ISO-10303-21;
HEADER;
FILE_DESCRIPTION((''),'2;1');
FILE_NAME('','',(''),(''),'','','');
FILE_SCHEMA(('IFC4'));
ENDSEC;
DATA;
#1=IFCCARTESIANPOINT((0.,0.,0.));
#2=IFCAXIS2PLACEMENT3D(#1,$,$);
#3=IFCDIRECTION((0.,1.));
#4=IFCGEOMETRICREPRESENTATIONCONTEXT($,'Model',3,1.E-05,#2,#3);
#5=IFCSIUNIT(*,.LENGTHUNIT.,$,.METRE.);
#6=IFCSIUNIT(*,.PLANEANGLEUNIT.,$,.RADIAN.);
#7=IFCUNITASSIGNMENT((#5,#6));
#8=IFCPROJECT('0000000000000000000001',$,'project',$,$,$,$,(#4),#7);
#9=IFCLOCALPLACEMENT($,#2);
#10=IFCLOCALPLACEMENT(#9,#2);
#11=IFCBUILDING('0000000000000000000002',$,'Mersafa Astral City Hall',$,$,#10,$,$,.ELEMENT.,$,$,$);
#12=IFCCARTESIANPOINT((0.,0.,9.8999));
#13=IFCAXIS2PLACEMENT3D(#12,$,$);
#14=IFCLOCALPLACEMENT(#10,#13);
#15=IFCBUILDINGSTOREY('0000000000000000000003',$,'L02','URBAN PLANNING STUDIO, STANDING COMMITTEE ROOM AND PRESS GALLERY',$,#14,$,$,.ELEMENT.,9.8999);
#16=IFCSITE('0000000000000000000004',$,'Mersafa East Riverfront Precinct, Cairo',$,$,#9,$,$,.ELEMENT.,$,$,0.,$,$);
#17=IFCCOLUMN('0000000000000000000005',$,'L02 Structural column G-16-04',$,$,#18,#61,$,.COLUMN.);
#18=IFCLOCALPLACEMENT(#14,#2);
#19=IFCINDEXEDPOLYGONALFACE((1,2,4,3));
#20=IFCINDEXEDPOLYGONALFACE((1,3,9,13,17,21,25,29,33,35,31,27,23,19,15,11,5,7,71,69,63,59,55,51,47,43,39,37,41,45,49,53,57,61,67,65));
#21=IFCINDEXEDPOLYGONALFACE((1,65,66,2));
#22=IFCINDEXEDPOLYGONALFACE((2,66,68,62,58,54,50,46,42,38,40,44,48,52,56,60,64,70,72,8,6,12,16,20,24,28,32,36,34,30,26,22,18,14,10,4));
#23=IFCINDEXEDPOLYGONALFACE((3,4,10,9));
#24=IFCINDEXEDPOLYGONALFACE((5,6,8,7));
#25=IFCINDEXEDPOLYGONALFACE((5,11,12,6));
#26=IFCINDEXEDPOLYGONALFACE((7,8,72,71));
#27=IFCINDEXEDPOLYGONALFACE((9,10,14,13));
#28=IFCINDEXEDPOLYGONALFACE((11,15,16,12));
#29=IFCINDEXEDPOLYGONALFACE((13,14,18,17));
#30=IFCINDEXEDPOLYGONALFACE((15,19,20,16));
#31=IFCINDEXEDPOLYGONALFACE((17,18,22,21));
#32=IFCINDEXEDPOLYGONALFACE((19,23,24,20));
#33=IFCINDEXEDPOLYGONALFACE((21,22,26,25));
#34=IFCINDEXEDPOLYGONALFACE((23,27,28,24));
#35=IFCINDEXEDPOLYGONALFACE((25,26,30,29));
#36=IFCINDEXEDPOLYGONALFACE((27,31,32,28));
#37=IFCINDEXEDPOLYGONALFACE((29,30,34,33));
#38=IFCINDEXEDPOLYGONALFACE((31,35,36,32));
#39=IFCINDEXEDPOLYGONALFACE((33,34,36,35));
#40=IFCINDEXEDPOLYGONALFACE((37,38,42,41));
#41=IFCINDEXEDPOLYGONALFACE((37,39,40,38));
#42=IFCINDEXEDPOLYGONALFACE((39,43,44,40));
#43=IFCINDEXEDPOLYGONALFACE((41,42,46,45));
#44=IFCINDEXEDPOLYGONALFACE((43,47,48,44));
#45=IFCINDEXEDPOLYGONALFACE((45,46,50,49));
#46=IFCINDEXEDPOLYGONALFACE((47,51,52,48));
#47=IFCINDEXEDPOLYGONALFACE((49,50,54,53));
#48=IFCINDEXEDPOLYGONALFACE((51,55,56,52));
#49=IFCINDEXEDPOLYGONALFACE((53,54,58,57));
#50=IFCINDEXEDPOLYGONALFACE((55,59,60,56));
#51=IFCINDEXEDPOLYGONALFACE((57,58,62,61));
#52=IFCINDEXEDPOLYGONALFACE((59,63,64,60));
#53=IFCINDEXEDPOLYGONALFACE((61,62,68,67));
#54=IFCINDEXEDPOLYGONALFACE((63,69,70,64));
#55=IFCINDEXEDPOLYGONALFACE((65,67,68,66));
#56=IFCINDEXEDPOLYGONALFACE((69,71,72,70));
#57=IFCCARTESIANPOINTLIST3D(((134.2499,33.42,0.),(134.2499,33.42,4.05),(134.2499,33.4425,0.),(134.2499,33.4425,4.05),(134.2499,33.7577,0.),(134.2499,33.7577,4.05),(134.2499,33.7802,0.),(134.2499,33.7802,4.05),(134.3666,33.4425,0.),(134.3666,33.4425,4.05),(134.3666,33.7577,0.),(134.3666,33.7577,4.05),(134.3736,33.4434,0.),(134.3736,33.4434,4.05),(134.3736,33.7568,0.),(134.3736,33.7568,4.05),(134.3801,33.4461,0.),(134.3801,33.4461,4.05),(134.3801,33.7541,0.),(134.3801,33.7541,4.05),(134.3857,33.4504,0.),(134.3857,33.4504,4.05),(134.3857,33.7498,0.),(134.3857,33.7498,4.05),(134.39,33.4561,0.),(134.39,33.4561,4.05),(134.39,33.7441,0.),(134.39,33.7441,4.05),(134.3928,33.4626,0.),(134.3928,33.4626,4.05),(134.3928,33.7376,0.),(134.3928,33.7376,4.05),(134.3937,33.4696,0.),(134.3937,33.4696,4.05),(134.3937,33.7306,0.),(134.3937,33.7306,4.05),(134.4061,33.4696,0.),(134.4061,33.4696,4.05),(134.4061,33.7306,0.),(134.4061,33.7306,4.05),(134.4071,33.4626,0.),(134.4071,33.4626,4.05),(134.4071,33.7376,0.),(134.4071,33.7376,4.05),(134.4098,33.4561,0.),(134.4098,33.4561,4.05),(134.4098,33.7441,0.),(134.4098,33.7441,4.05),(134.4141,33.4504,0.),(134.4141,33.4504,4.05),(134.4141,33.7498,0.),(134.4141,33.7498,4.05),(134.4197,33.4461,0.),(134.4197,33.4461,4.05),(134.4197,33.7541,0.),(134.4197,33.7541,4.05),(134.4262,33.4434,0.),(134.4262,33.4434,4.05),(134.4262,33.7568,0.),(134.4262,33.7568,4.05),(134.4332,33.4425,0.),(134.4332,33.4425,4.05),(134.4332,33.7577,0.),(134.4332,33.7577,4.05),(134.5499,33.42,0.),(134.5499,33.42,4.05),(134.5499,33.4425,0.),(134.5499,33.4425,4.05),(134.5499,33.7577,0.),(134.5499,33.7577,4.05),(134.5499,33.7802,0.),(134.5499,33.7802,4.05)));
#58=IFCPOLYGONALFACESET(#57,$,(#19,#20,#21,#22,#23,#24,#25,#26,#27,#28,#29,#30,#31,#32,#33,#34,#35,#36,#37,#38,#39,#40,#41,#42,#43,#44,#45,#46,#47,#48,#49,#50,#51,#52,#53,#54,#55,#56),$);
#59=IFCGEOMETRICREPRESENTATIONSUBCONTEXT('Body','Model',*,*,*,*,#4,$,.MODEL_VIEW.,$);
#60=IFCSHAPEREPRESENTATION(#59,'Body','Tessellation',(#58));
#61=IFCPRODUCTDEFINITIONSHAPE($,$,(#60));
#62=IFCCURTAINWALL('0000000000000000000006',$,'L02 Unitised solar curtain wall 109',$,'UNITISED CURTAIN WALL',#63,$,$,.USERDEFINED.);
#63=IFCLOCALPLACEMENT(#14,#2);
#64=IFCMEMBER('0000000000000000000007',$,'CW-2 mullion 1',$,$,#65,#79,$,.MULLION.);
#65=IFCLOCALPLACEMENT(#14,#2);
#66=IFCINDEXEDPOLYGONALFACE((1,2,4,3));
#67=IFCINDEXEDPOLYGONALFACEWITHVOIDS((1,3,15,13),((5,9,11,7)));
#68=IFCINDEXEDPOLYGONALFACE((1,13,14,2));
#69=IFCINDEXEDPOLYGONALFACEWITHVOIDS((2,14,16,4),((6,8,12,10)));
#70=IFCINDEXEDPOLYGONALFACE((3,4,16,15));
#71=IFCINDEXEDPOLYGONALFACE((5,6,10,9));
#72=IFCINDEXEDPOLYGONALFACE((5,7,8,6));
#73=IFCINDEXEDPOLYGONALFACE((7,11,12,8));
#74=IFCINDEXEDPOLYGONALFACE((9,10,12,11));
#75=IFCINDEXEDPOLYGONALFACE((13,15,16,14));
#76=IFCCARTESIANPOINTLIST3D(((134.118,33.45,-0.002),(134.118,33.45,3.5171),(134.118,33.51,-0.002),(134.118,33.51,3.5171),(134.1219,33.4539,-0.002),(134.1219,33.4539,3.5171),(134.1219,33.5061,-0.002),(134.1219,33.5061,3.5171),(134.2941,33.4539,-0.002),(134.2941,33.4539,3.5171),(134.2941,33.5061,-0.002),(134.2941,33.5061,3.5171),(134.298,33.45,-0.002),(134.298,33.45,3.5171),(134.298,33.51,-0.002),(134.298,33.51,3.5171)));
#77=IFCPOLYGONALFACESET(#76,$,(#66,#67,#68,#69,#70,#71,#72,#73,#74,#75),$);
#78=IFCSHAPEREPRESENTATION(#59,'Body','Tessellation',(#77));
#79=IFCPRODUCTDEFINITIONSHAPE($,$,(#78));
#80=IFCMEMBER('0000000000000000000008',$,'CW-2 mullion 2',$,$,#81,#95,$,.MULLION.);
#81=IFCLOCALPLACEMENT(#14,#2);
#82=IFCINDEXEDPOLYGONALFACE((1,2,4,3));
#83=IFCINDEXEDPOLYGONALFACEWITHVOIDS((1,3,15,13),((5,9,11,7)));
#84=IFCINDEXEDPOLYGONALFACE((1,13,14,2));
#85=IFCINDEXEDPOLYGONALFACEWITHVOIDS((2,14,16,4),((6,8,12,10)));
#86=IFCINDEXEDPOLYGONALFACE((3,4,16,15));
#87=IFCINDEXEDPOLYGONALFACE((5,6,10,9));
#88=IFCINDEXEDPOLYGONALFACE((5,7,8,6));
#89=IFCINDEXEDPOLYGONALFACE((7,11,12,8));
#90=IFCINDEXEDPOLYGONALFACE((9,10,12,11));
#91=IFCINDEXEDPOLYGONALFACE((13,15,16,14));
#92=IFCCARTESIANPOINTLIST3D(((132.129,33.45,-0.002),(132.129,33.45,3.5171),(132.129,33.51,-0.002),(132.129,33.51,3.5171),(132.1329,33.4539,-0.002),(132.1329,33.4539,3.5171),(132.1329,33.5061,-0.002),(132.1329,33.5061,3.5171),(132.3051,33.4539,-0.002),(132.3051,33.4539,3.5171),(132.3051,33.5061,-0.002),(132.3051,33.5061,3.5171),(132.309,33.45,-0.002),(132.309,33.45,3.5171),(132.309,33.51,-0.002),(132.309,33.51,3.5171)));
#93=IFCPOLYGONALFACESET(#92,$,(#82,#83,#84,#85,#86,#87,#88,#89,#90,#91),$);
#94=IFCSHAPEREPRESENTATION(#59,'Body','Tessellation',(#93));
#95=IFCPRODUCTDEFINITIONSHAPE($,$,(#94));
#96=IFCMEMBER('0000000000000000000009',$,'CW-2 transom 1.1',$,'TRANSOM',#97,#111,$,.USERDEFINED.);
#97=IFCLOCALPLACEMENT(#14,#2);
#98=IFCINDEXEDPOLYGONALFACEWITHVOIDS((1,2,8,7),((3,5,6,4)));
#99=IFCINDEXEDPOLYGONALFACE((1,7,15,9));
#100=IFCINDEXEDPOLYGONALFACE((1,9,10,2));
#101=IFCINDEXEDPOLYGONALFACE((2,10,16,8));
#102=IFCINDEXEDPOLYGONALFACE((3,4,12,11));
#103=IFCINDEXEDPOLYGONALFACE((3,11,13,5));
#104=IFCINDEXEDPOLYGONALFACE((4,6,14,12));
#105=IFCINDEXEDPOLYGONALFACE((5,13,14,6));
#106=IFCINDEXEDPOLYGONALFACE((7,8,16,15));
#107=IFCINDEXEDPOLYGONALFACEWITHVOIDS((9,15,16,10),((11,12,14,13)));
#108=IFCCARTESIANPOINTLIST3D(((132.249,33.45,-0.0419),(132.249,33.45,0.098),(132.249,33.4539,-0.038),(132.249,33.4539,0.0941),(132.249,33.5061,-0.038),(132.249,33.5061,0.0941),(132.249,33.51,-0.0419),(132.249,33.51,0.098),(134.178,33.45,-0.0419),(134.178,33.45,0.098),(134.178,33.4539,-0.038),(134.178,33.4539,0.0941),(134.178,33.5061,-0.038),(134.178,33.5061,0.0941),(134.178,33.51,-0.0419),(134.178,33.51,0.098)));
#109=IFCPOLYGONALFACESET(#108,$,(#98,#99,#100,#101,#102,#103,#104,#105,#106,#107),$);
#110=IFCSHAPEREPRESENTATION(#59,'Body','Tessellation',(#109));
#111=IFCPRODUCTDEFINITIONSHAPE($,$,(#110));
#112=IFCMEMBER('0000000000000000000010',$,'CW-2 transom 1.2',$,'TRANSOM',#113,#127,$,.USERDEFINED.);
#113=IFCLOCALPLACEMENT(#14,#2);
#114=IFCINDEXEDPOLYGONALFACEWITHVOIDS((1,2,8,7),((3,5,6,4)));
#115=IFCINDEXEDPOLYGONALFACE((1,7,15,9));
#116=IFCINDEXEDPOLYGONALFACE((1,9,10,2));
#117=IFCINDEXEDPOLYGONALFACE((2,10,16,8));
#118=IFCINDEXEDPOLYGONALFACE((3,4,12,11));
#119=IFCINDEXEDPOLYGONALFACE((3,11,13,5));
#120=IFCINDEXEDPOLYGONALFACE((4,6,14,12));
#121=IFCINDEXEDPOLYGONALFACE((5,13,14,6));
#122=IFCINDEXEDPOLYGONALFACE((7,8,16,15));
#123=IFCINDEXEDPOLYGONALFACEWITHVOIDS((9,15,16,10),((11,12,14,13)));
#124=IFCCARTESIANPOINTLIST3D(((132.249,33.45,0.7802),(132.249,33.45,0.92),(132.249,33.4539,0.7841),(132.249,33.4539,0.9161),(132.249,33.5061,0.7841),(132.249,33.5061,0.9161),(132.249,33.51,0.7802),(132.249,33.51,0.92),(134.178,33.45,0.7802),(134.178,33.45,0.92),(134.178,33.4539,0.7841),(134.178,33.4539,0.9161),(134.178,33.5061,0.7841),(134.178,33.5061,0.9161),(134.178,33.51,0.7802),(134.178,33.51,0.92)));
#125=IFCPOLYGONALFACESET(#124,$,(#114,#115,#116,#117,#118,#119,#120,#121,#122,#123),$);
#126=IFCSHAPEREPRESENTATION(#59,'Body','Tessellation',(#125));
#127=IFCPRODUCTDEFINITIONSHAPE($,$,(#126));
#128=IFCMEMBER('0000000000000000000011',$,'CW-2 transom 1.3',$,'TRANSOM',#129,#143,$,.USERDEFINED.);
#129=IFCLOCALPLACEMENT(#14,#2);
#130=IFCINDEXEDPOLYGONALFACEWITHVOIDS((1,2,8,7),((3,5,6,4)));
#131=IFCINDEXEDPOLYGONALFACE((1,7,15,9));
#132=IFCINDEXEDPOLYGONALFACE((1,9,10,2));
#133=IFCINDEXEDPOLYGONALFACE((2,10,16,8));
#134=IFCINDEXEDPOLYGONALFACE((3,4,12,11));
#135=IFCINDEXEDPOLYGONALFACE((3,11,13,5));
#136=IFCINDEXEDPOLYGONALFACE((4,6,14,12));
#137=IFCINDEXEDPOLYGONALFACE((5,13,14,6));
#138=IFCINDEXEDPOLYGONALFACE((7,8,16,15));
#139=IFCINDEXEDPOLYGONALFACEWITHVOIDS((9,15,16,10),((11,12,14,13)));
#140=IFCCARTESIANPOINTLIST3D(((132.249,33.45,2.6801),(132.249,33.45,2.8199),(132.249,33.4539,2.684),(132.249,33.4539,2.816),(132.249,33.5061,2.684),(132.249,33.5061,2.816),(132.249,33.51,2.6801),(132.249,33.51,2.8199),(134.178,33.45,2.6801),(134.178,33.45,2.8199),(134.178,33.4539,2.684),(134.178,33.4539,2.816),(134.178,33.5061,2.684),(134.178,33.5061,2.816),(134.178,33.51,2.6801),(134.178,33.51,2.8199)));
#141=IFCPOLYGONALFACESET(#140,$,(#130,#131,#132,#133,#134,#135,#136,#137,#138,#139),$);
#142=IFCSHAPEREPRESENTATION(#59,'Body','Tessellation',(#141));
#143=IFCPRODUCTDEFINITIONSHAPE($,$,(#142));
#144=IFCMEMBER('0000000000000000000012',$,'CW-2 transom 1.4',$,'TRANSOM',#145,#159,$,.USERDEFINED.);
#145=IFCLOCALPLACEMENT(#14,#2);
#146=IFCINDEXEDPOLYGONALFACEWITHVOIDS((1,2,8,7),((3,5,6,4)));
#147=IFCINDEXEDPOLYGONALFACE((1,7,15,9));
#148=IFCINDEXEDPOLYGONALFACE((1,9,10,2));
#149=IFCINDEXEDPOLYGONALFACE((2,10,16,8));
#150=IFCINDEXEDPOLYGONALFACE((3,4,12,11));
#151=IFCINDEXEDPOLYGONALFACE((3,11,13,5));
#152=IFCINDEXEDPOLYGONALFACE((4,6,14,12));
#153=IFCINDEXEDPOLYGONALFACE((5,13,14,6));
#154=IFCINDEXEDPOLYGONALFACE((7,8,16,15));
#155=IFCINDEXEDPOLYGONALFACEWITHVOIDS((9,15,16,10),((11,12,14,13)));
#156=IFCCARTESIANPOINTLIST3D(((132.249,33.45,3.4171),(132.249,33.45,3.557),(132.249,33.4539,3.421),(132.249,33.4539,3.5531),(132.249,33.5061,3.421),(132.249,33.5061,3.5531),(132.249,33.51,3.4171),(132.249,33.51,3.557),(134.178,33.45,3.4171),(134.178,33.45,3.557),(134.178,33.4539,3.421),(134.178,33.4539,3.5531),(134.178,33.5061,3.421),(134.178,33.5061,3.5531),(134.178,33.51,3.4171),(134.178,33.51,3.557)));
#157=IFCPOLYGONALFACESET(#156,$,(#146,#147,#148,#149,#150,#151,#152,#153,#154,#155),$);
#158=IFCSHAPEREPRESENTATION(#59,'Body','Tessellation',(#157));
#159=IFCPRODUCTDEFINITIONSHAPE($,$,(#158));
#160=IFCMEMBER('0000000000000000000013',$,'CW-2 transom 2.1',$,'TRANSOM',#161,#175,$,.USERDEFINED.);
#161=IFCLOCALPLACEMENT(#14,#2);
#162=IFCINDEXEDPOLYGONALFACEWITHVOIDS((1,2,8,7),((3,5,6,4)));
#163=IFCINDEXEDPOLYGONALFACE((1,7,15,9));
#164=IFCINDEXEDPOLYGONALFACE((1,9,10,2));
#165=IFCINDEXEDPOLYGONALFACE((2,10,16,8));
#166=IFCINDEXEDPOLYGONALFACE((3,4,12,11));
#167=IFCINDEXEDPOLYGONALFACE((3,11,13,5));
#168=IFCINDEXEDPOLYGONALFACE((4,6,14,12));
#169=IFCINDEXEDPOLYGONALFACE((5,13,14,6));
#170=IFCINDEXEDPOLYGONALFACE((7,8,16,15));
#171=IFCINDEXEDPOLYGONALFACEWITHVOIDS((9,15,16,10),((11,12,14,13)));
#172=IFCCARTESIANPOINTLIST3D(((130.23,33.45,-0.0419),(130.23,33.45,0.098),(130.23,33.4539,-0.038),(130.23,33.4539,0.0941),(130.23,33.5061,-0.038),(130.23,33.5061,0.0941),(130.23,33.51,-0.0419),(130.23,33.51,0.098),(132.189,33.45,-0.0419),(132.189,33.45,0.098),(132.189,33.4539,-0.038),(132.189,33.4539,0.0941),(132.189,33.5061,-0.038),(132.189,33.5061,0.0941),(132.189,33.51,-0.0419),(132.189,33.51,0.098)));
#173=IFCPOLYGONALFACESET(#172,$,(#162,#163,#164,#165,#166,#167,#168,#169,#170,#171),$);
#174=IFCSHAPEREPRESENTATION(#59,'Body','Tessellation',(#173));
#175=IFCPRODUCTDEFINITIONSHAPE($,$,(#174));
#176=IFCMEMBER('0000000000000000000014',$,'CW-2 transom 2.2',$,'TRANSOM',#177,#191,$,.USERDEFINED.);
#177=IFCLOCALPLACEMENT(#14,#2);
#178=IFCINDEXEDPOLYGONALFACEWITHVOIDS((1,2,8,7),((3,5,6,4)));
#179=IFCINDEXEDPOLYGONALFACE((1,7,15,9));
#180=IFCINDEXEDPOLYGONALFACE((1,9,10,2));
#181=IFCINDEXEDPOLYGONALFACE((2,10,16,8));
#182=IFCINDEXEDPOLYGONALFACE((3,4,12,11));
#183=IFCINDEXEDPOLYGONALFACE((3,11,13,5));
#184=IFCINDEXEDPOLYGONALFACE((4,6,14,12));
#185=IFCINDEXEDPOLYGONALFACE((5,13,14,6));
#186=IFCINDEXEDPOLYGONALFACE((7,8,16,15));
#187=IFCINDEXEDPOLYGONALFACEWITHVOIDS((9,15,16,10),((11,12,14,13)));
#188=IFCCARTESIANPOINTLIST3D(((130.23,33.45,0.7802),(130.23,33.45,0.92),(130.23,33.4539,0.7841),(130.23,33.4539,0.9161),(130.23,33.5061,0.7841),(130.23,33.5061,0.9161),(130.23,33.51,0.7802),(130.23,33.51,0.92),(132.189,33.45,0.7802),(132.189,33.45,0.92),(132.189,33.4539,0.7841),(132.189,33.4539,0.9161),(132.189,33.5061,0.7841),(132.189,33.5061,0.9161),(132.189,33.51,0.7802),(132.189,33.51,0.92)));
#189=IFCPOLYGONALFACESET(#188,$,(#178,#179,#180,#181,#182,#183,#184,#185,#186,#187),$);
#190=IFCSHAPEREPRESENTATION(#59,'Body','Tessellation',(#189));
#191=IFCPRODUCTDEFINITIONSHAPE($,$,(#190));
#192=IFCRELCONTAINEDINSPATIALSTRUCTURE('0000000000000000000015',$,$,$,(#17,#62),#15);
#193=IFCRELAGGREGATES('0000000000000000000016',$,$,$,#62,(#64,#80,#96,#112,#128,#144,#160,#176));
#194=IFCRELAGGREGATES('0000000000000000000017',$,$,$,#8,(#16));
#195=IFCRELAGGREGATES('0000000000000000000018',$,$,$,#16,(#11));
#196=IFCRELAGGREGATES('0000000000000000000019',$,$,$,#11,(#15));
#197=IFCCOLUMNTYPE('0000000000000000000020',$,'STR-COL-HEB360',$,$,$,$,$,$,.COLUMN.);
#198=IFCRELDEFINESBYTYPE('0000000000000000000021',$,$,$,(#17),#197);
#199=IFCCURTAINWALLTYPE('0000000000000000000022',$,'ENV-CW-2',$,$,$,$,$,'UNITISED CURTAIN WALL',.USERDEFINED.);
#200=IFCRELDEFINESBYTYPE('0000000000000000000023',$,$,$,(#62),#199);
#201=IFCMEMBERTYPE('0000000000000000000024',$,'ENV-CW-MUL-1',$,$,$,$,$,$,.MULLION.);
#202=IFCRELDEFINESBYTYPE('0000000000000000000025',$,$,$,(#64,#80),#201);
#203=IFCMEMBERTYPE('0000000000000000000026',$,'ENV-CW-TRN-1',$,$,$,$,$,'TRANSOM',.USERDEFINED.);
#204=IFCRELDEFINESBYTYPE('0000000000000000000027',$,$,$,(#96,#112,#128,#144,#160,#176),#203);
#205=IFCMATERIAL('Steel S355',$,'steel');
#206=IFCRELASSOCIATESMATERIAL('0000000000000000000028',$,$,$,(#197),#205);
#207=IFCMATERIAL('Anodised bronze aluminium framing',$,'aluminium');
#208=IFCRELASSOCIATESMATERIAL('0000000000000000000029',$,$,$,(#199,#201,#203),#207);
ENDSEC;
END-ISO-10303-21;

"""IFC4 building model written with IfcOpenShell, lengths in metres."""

from ifc_helpers import new_model, si_unit, direction, frame, origin, origin_2d, place, context, subcontext, project, spatial, hollow_rectangle, i_section, extrude, material, material_profile, profile_set, type_object, element, aggregate, save


model = new_model("IFC4")

# Units and contexts
model_context = context("Model", 3, precision=1e-05, world=origin(), true_north=direction((0.0, 1.0)))
body_context = subcontext(model_context, "Body", "Model", "MODEL_VIEW")
ifc_project = project(units=[si_unit("LENGTHUNIT", "METRE"), si_unit("PLANEANGLEUNIT", "RADIAN")], contexts=[model_context])

# Site, building, storey
site_placement = place(None, origin())
site = spatial("IfcSite", under=ifc_project, at=site_placement, Name="Mersafa East Riverfront Precinct, Cairo", CompositionType="ELEMENT", RefElevation=0.0)
building_placement = place(site_placement, origin())
building = spatial("IfcBuilding", under=site, at=building_placement, Name="Mersafa Astral City Hall", CompositionType="ELEMENT")
storey_placement = place(building_placement, frame((0.0, 0.0, 9.8999)))
storey = spatial("IfcBuildingStorey", under=building, at=storey_placement, Name="L02", Description="URBAN PLANNING STUDIO, STANDING COMMITTEE ROOM AND PRESS GALLERY", CompositionType="ELEMENT", Elevation=9.8999)

# Column
ifc_material_1 = material(Name="Steel S355", Category="steel")
ifc_material_profile_1 = material_profile(ifc_material_1, i_section(OverallWidth=0.3, OverallDepth=0.3601, WebThickness=0.0125, FlangeThickness=0.0225, FilletRadius=0.0271, at=origin_2d()), Name="HEB 360")
ifc_profile_set_1 = profile_set([ifc_material_profile_1], Name="Steel S355")
column_type = type_object("IfcColumnType", Name="STR-COL-HEB360", PredefinedType="COLUMN", material=ifc_profile_set_1)
column_placement = place(storey_placement, frame((134.3999, 33.6001, 0.0), z_axis=(0.0, 0.0, 1.0), x_axis=(1.0, 0.0, 0.0)))
element("IfcColumn", 1, at=column_placement, inside=storey, type_object=column_type, Name="L02 Structural column G-16-04", PredefinedType="COLUMN", context=body_context, shape_type="SweptSolid", body=[
    extrude(i_section(OverallWidth=0.3, OverallDepth=0.3601, WebThickness=0.0125, FlangeThickness=0.0225, FilletRadius=0.0271, at=origin_2d()), origin(), (0.0, 0.0, 1.0), 4.05),
])

# Curtain wall, members
ifc_material_2 = material(Name="Anodised bronze aluminium framing", Category="aluminium")
curtain_wall_type = type_object("IfcCurtainWallType", Name="ENV-CW-2", ElementType="UNITISED CURTAIN WALL", PredefinedType="USERDEFINED", material=ifc_material_2)
curtain_wall_placement = place(storey_placement, origin())
curtain_wall = element("IfcCurtainWall", 2, at=curtain_wall_placement, inside=storey, type_object=curtain_wall_type, Name="L02 Unitised solar curtain wall 109", ObjectType="UNITISED CURTAIN WALL", PredefinedType="USERDEFINED")
ifc_material_profile_2 = material_profile(ifc_material_2, hollow_rectangle(XDim=0.0601, YDim=0.1799, WallThickness=0.0039, at=origin_2d()), Name="RHS 60x180x4")
ifc_profile_set_2 = profile_set([ifc_material_profile_2], Name="Anodised bronze aluminium framing")
member_type_1 = type_object("IfcMemberType", Name="ENV-CW-MUL-1", PredefinedType="MULLION", material=ifc_profile_set_2)
member_1_placement = place(storey_placement, frame((134.208, 33.48, -0.002), z_axis=(0.0, 0.0, 1.0), x_axis=(0.0, -1.0, 0.0)))
member_1 = element("IfcMember", 3, at=member_1_placement, type_object=member_type_1, Name="CW-2 mullion 1", PredefinedType="MULLION", context=body_context, shape_type="SweptSolid", body=[
    extrude(hollow_rectangle(XDim=0.0601, YDim=0.1799, WallThickness=0.0039, at=origin_2d()), origin(), (0.0, 0.0, 1.0), 3.519),
])
member_2_placement = place(storey_placement, frame((132.219, 33.48, -0.002), z_axis=(0.0, 0.0, 1.0), x_axis=(0.0, -1.0, 0.0)))
member_2 = element("IfcMember", 4, at=member_2_placement, type_object=member_type_1, Name="CW-2 mullion 2", PredefinedType="MULLION", context=body_context, shape_type="SweptSolid", body=[
    extrude(hollow_rectangle(XDim=0.0601, YDim=0.1799, WallThickness=0.0039, at=origin_2d()), origin(), (0.0, 0.0, 1.0), 3.519),
])
ifc_material_profile_3 = material_profile(ifc_material_2, hollow_rectangle(XDim=0.0601, YDim=0.1399, WallThickness=0.0039, at=origin_2d()), Name="RHS 60x140x4")
ifc_profile_set_3 = profile_set([ifc_material_profile_3], Name="Anodised bronze aluminium framing")
member_type_2 = type_object("IfcMemberType", Name="ENV-CW-TRN-1", ElementType="TRANSOM", PredefinedType="USERDEFINED", material=ifc_profile_set_3)
member_3_placement = place(storey_placement, frame((134.178, 33.48, 0.0281), z_axis=(-1.0, 0.0, 0.0), x_axis=(0.0, -1.0, 0.0)))
member_3 = element("IfcMember", 5, at=member_3_placement, type_object=member_type_2, Name="CW-2 transom 1.1", ObjectType="TRANSOM", PredefinedType="USERDEFINED", context=body_context, shape_type="SweptSolid", body=[
    extrude(hollow_rectangle(XDim=0.0601, YDim=0.1399, WallThickness=0.0039, at=origin_2d()), origin(), (0.0, 0.0, 1.0), 1.929),
])
member_4_placement = place(storey_placement, frame((134.178, 33.48, 0.8501), z_axis=(-1.0, 0.0, 0.0), x_axis=(0.0, -1.0, 0.0)))
member_4 = element("IfcMember", 6, at=member_4_placement, type_object=member_type_2, Name="CW-2 transom 1.2", ObjectType="TRANSOM", PredefinedType="USERDEFINED", context=body_context, shape_type="SweptSolid", body=[
    extrude(hollow_rectangle(XDim=0.0601, YDim=0.1399, WallThickness=0.0039, at=origin_2d()), origin(), (0.0, 0.0, 1.0), 1.929),
])
member_5_placement = place(storey_placement, frame((134.178, 33.48, 2.75), z_axis=(-1.0, 0.0, 0.0), x_axis=(0.0, -1.0, 0.0)))
member_5 = element("IfcMember", 7, at=member_5_placement, type_object=member_type_2, Name="CW-2 transom 1.3", ObjectType="TRANSOM", PredefinedType="USERDEFINED", context=body_context, shape_type="SweptSolid", body=[
    extrude(hollow_rectangle(XDim=0.0601, YDim=0.1399, WallThickness=0.0039, at=origin_2d()), origin(), (0.0, 0.0, 1.0), 1.929),
])
member_6_placement = place(storey_placement, frame((134.178, 33.48, 3.4871), z_axis=(-1.0, 0.0, 0.0), x_axis=(0.0, -1.0, 0.0)))
member_6 = element("IfcMember", 8, at=member_6_placement, type_object=member_type_2, Name="CW-2 transom 1.4", ObjectType="TRANSOM", PredefinedType="USERDEFINED", context=body_context, shape_type="SweptSolid", body=[
    extrude(hollow_rectangle(XDim=0.0601, YDim=0.1399, WallThickness=0.0039, at=origin_2d()), origin(), (0.0, 0.0, 1.0), 1.929),
])
member_7_placement = place(storey_placement, frame((132.189, 33.48, 0.0281), z_axis=(-1.0, 0.0, 0.0), x_axis=(0.0, -1.0, 0.0)))
member_7 = element("IfcMember", 9, at=member_7_placement, type_object=member_type_2, Name="CW-2 transom 2.1", ObjectType="TRANSOM", PredefinedType="USERDEFINED", context=body_context, shape_type="SweptSolid", body=[
    extrude(hollow_rectangle(XDim=0.0601, YDim=0.1399, WallThickness=0.0039, at=origin_2d()), origin(), (0.0, 0.0, 1.0), 1.959),
])
member_8_placement = place(storey_placement, frame((132.189, 33.48, 0.8501), z_axis=(-1.0, 0.0, 0.0), x_axis=(0.0, -1.0, 0.0)))
member_8 = element("IfcMember", 10, at=member_8_placement, type_object=member_type_2, Name="CW-2 transom 2.2", ObjectType="TRANSOM", PredefinedType="USERDEFINED", context=body_context, shape_type="SweptSolid", body=[
    extrude(hollow_rectangle(XDim=0.0601, YDim=0.1399, WallThickness=0.0039, at=origin_2d()), origin(), (0.0, 0.0, 1.0), 1.959),
])

aggregate(curtain_wall, [member_1, member_2, member_3, member_4, member_5, member_6, member_7, member_8])

save(model, "model.ifc")
